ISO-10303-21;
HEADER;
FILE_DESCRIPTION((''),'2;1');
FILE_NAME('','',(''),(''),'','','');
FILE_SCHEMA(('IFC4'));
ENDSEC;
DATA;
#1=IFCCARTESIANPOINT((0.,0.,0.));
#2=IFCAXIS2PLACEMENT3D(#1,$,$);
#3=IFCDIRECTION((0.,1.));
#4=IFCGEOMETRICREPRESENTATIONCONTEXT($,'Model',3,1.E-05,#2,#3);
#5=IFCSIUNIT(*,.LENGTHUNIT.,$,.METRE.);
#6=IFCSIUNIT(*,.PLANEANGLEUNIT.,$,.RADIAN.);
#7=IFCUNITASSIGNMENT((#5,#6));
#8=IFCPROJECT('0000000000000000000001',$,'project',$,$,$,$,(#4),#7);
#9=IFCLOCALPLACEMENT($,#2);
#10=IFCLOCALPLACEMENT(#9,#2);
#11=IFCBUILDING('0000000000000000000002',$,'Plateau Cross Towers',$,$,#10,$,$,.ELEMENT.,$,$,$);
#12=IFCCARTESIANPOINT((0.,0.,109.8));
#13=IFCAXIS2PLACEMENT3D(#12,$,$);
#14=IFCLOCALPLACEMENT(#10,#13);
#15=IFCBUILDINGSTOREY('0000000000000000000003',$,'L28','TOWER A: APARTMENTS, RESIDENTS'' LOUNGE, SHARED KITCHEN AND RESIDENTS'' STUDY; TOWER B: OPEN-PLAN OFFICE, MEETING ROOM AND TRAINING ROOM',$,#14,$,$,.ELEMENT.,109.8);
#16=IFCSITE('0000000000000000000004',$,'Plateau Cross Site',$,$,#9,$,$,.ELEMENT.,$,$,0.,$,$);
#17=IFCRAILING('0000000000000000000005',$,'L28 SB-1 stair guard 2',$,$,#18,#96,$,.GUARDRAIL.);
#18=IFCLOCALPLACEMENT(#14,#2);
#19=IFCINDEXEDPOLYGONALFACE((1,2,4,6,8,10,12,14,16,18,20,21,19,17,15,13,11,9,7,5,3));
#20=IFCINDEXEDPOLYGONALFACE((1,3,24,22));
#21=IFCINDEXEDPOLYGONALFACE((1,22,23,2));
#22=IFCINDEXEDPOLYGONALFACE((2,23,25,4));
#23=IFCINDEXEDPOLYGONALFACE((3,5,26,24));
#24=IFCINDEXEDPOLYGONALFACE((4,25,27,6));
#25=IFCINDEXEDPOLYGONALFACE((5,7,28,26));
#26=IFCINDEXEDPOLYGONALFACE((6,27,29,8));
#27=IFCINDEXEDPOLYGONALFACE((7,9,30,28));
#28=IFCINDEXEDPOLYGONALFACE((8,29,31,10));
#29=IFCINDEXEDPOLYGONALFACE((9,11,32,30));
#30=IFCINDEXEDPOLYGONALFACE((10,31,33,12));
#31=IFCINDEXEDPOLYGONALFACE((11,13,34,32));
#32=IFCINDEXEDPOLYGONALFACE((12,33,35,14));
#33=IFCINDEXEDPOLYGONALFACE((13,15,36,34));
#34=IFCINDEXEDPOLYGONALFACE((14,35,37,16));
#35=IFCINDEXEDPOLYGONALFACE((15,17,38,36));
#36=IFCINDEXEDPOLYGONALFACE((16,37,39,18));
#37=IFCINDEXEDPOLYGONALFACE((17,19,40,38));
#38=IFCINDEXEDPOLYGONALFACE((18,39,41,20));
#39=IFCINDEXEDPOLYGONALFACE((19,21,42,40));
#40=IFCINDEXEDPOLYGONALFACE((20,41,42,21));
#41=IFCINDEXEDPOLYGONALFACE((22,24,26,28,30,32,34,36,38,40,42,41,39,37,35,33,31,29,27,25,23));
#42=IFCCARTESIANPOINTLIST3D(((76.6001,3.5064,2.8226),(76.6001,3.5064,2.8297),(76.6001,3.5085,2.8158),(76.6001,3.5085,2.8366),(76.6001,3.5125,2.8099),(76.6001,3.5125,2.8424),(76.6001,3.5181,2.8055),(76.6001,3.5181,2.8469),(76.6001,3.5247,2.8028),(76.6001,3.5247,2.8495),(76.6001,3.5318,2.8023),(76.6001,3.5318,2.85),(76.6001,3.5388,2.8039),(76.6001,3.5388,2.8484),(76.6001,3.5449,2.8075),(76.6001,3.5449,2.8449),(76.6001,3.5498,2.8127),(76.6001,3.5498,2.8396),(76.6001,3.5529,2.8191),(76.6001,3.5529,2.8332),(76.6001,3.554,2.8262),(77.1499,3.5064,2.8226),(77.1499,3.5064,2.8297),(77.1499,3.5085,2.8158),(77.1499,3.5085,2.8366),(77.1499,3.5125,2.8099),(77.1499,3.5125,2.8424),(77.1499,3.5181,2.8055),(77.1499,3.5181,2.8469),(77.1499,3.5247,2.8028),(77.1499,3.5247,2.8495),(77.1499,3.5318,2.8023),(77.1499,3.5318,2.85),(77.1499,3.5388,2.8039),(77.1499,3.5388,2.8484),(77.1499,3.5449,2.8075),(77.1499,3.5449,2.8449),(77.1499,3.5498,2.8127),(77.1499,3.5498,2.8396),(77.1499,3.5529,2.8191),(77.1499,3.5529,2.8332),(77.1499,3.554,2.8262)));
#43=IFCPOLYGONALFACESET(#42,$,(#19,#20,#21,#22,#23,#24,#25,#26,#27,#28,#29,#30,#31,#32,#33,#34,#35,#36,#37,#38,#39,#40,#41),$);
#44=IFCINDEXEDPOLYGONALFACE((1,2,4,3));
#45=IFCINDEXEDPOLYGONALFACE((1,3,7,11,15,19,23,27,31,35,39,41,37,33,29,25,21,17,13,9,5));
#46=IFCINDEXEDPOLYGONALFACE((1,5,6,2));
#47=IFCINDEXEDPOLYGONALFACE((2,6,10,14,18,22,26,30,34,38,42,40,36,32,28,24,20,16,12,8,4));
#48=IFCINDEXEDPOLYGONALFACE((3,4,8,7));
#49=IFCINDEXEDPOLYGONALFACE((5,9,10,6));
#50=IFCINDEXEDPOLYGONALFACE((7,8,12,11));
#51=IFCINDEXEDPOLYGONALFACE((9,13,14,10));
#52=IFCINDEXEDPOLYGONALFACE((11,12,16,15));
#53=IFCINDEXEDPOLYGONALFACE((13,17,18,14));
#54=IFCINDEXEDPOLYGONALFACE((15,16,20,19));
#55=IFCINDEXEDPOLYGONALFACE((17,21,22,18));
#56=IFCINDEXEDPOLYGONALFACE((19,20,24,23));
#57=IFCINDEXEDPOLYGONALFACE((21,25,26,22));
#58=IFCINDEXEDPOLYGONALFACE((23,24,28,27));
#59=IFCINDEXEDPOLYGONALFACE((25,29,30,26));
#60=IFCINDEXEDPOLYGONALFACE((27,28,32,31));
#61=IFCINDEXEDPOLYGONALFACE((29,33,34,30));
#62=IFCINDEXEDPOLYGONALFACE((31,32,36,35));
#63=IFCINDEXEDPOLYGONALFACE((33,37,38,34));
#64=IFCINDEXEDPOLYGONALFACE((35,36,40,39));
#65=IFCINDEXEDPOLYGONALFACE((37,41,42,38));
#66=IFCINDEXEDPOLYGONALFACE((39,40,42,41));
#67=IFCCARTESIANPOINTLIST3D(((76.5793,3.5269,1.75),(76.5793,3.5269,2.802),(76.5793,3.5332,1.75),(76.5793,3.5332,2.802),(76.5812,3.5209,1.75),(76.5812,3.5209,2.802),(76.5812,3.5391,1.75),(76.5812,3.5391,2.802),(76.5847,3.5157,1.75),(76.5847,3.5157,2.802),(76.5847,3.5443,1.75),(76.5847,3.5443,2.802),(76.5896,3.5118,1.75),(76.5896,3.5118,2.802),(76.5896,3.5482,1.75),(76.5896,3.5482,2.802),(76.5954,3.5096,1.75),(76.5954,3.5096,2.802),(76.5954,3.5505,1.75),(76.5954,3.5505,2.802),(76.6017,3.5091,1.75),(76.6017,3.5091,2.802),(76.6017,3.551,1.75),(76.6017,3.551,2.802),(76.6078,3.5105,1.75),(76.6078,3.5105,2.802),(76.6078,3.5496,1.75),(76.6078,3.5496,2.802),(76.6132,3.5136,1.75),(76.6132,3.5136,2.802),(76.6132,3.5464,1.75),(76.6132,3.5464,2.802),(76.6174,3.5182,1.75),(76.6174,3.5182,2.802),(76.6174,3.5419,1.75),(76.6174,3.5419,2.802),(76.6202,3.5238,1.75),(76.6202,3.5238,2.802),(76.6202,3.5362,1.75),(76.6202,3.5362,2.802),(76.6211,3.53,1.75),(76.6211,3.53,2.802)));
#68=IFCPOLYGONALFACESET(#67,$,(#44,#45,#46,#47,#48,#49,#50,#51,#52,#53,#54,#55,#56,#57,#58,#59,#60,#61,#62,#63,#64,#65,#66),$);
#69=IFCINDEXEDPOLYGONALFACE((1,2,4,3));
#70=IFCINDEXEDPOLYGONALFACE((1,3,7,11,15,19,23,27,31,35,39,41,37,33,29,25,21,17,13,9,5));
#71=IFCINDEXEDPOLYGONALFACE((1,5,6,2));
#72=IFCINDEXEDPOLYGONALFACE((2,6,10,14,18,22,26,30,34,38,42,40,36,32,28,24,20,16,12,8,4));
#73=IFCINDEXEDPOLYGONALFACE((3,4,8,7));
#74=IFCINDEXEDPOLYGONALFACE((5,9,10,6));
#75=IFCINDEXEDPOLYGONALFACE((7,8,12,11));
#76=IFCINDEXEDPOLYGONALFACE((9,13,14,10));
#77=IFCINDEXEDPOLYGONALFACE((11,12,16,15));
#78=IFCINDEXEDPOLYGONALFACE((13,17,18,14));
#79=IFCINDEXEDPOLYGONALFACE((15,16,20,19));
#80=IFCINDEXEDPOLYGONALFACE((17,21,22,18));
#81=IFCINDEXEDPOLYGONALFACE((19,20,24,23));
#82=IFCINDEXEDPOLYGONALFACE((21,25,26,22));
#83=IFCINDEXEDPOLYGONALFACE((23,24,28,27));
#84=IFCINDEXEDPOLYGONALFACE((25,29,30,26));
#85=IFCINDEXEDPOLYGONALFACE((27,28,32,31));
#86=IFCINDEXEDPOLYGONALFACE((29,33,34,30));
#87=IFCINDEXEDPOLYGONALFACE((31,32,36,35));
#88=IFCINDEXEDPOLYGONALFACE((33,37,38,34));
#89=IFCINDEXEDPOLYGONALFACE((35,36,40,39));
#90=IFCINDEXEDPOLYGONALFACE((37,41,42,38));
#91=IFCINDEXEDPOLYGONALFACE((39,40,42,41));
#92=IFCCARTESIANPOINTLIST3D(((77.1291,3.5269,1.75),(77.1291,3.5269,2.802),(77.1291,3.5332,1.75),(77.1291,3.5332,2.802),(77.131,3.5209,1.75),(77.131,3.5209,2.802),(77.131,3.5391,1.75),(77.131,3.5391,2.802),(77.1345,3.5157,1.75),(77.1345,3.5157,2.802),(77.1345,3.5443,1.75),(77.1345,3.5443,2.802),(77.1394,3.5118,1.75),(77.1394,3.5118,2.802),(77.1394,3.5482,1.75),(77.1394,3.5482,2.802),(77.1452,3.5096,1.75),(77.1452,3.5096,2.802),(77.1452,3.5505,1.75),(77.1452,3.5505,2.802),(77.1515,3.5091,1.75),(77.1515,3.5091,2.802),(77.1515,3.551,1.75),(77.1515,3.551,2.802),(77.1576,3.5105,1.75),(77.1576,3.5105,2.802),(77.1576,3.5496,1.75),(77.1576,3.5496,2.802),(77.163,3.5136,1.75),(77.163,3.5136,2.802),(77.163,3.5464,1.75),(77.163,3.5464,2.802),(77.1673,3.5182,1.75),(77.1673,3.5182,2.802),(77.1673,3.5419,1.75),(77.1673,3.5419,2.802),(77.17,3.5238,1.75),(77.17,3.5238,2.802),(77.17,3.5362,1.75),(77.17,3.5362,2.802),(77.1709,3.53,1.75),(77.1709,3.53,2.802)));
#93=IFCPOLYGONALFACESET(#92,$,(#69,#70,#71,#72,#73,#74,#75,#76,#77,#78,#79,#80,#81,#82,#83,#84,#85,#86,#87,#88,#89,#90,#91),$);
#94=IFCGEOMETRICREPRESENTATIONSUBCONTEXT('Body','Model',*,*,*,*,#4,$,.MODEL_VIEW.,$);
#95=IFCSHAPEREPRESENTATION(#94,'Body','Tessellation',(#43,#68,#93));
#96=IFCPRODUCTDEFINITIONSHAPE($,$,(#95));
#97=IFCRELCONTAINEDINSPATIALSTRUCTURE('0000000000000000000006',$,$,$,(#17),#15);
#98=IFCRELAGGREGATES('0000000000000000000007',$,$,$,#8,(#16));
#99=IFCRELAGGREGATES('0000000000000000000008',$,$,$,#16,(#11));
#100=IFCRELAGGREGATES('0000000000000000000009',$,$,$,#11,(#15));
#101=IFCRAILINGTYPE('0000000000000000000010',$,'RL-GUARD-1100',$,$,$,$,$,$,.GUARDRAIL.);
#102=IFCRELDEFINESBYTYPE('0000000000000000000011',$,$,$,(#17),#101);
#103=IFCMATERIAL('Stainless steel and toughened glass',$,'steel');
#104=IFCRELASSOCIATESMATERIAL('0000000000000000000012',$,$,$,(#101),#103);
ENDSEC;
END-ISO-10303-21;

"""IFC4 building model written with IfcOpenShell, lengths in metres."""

from ifc_helpers import new_model, si_unit, direction, frame, origin, origin_2d, place, context, subcontext, project, spatial, circle, extrude, material, type_object, element, save


model = new_model("IFC4")

# Units and contexts
model_context = context("Model", 3, precision=1e-05, world=origin(), true_north=direction((0.0, 1.0)))
body_context = subcontext(model_context, "Body", "Model", "MODEL_VIEW")
ifc_project = project(units=[si_unit("LENGTHUNIT", "METRE"), si_unit("PLANEANGLEUNIT", "RADIAN")], contexts=[model_context])

# Site, building, storey
site_placement = place(None, origin())
site = spatial("IfcSite", under=ifc_project, at=site_placement, Name="Plateau Cross Site", CompositionType="ELEMENT", RefElevation=0.0)
building_placement = place(site_placement, origin())
building = spatial("IfcBuilding", under=site, at=building_placement, Name="Plateau Cross Towers", CompositionType="ELEMENT")
storey_placement = place(building_placement, frame((0.0, 0.0, 109.8)))
storey = spatial("IfcBuildingStorey", under=building, at=storey_placement, Name="L28", Description="TOWER A: APARTMENTS, RESIDENTS' LOUNGE, SHARED KITCHEN AND RESIDENTS' STUDY; TOWER B: OPEN-PLAN OFFICE, MEETING ROOM AND TRAINING ROOM", CompositionType="ELEMENT", Elevation=109.8)

# Railing
ifc_material_1 = material(Name="Stainless steel and toughened glass", Category="steel")
railing_type_1 = type_object("IfcRailingType", Name="RL-GUARD-1100", PredefinedType="GUARDRAIL", material=ifc_material_1)
railing_1_placement = place(storey_placement, frame((76.6001, 3.53, 1.75)))
element("IfcRailing", 1, at=railing_1_placement, inside=storey, type_object=railing_type_1, Name="L28 SB-1 stair guard 2", PredefinedType="GUARDRAIL", context=body_context, shape_type="SweptSolid", body=[
    extrude(circle(Radius=0.0239, at=origin_2d()), frame((0.0, 0.0, 1.0762), z_axis=(1.0, 0.0, 0.0), x_axis=(0.0, 1.0, 0.0)), (0.0, 0.0, 1.0), 0.5498),
    extrude(circle(Radius=0.021, at=origin_2d()), origin(), (0.0, 0.0, 1.0), 1.052),
    extrude(circle(Radius=0.021, at=origin_2d()), frame((0.5498, 0.0, 0.0)), (0.0, 0.0, 1.0), 1.052),
])

save(model, "model.ifc")
